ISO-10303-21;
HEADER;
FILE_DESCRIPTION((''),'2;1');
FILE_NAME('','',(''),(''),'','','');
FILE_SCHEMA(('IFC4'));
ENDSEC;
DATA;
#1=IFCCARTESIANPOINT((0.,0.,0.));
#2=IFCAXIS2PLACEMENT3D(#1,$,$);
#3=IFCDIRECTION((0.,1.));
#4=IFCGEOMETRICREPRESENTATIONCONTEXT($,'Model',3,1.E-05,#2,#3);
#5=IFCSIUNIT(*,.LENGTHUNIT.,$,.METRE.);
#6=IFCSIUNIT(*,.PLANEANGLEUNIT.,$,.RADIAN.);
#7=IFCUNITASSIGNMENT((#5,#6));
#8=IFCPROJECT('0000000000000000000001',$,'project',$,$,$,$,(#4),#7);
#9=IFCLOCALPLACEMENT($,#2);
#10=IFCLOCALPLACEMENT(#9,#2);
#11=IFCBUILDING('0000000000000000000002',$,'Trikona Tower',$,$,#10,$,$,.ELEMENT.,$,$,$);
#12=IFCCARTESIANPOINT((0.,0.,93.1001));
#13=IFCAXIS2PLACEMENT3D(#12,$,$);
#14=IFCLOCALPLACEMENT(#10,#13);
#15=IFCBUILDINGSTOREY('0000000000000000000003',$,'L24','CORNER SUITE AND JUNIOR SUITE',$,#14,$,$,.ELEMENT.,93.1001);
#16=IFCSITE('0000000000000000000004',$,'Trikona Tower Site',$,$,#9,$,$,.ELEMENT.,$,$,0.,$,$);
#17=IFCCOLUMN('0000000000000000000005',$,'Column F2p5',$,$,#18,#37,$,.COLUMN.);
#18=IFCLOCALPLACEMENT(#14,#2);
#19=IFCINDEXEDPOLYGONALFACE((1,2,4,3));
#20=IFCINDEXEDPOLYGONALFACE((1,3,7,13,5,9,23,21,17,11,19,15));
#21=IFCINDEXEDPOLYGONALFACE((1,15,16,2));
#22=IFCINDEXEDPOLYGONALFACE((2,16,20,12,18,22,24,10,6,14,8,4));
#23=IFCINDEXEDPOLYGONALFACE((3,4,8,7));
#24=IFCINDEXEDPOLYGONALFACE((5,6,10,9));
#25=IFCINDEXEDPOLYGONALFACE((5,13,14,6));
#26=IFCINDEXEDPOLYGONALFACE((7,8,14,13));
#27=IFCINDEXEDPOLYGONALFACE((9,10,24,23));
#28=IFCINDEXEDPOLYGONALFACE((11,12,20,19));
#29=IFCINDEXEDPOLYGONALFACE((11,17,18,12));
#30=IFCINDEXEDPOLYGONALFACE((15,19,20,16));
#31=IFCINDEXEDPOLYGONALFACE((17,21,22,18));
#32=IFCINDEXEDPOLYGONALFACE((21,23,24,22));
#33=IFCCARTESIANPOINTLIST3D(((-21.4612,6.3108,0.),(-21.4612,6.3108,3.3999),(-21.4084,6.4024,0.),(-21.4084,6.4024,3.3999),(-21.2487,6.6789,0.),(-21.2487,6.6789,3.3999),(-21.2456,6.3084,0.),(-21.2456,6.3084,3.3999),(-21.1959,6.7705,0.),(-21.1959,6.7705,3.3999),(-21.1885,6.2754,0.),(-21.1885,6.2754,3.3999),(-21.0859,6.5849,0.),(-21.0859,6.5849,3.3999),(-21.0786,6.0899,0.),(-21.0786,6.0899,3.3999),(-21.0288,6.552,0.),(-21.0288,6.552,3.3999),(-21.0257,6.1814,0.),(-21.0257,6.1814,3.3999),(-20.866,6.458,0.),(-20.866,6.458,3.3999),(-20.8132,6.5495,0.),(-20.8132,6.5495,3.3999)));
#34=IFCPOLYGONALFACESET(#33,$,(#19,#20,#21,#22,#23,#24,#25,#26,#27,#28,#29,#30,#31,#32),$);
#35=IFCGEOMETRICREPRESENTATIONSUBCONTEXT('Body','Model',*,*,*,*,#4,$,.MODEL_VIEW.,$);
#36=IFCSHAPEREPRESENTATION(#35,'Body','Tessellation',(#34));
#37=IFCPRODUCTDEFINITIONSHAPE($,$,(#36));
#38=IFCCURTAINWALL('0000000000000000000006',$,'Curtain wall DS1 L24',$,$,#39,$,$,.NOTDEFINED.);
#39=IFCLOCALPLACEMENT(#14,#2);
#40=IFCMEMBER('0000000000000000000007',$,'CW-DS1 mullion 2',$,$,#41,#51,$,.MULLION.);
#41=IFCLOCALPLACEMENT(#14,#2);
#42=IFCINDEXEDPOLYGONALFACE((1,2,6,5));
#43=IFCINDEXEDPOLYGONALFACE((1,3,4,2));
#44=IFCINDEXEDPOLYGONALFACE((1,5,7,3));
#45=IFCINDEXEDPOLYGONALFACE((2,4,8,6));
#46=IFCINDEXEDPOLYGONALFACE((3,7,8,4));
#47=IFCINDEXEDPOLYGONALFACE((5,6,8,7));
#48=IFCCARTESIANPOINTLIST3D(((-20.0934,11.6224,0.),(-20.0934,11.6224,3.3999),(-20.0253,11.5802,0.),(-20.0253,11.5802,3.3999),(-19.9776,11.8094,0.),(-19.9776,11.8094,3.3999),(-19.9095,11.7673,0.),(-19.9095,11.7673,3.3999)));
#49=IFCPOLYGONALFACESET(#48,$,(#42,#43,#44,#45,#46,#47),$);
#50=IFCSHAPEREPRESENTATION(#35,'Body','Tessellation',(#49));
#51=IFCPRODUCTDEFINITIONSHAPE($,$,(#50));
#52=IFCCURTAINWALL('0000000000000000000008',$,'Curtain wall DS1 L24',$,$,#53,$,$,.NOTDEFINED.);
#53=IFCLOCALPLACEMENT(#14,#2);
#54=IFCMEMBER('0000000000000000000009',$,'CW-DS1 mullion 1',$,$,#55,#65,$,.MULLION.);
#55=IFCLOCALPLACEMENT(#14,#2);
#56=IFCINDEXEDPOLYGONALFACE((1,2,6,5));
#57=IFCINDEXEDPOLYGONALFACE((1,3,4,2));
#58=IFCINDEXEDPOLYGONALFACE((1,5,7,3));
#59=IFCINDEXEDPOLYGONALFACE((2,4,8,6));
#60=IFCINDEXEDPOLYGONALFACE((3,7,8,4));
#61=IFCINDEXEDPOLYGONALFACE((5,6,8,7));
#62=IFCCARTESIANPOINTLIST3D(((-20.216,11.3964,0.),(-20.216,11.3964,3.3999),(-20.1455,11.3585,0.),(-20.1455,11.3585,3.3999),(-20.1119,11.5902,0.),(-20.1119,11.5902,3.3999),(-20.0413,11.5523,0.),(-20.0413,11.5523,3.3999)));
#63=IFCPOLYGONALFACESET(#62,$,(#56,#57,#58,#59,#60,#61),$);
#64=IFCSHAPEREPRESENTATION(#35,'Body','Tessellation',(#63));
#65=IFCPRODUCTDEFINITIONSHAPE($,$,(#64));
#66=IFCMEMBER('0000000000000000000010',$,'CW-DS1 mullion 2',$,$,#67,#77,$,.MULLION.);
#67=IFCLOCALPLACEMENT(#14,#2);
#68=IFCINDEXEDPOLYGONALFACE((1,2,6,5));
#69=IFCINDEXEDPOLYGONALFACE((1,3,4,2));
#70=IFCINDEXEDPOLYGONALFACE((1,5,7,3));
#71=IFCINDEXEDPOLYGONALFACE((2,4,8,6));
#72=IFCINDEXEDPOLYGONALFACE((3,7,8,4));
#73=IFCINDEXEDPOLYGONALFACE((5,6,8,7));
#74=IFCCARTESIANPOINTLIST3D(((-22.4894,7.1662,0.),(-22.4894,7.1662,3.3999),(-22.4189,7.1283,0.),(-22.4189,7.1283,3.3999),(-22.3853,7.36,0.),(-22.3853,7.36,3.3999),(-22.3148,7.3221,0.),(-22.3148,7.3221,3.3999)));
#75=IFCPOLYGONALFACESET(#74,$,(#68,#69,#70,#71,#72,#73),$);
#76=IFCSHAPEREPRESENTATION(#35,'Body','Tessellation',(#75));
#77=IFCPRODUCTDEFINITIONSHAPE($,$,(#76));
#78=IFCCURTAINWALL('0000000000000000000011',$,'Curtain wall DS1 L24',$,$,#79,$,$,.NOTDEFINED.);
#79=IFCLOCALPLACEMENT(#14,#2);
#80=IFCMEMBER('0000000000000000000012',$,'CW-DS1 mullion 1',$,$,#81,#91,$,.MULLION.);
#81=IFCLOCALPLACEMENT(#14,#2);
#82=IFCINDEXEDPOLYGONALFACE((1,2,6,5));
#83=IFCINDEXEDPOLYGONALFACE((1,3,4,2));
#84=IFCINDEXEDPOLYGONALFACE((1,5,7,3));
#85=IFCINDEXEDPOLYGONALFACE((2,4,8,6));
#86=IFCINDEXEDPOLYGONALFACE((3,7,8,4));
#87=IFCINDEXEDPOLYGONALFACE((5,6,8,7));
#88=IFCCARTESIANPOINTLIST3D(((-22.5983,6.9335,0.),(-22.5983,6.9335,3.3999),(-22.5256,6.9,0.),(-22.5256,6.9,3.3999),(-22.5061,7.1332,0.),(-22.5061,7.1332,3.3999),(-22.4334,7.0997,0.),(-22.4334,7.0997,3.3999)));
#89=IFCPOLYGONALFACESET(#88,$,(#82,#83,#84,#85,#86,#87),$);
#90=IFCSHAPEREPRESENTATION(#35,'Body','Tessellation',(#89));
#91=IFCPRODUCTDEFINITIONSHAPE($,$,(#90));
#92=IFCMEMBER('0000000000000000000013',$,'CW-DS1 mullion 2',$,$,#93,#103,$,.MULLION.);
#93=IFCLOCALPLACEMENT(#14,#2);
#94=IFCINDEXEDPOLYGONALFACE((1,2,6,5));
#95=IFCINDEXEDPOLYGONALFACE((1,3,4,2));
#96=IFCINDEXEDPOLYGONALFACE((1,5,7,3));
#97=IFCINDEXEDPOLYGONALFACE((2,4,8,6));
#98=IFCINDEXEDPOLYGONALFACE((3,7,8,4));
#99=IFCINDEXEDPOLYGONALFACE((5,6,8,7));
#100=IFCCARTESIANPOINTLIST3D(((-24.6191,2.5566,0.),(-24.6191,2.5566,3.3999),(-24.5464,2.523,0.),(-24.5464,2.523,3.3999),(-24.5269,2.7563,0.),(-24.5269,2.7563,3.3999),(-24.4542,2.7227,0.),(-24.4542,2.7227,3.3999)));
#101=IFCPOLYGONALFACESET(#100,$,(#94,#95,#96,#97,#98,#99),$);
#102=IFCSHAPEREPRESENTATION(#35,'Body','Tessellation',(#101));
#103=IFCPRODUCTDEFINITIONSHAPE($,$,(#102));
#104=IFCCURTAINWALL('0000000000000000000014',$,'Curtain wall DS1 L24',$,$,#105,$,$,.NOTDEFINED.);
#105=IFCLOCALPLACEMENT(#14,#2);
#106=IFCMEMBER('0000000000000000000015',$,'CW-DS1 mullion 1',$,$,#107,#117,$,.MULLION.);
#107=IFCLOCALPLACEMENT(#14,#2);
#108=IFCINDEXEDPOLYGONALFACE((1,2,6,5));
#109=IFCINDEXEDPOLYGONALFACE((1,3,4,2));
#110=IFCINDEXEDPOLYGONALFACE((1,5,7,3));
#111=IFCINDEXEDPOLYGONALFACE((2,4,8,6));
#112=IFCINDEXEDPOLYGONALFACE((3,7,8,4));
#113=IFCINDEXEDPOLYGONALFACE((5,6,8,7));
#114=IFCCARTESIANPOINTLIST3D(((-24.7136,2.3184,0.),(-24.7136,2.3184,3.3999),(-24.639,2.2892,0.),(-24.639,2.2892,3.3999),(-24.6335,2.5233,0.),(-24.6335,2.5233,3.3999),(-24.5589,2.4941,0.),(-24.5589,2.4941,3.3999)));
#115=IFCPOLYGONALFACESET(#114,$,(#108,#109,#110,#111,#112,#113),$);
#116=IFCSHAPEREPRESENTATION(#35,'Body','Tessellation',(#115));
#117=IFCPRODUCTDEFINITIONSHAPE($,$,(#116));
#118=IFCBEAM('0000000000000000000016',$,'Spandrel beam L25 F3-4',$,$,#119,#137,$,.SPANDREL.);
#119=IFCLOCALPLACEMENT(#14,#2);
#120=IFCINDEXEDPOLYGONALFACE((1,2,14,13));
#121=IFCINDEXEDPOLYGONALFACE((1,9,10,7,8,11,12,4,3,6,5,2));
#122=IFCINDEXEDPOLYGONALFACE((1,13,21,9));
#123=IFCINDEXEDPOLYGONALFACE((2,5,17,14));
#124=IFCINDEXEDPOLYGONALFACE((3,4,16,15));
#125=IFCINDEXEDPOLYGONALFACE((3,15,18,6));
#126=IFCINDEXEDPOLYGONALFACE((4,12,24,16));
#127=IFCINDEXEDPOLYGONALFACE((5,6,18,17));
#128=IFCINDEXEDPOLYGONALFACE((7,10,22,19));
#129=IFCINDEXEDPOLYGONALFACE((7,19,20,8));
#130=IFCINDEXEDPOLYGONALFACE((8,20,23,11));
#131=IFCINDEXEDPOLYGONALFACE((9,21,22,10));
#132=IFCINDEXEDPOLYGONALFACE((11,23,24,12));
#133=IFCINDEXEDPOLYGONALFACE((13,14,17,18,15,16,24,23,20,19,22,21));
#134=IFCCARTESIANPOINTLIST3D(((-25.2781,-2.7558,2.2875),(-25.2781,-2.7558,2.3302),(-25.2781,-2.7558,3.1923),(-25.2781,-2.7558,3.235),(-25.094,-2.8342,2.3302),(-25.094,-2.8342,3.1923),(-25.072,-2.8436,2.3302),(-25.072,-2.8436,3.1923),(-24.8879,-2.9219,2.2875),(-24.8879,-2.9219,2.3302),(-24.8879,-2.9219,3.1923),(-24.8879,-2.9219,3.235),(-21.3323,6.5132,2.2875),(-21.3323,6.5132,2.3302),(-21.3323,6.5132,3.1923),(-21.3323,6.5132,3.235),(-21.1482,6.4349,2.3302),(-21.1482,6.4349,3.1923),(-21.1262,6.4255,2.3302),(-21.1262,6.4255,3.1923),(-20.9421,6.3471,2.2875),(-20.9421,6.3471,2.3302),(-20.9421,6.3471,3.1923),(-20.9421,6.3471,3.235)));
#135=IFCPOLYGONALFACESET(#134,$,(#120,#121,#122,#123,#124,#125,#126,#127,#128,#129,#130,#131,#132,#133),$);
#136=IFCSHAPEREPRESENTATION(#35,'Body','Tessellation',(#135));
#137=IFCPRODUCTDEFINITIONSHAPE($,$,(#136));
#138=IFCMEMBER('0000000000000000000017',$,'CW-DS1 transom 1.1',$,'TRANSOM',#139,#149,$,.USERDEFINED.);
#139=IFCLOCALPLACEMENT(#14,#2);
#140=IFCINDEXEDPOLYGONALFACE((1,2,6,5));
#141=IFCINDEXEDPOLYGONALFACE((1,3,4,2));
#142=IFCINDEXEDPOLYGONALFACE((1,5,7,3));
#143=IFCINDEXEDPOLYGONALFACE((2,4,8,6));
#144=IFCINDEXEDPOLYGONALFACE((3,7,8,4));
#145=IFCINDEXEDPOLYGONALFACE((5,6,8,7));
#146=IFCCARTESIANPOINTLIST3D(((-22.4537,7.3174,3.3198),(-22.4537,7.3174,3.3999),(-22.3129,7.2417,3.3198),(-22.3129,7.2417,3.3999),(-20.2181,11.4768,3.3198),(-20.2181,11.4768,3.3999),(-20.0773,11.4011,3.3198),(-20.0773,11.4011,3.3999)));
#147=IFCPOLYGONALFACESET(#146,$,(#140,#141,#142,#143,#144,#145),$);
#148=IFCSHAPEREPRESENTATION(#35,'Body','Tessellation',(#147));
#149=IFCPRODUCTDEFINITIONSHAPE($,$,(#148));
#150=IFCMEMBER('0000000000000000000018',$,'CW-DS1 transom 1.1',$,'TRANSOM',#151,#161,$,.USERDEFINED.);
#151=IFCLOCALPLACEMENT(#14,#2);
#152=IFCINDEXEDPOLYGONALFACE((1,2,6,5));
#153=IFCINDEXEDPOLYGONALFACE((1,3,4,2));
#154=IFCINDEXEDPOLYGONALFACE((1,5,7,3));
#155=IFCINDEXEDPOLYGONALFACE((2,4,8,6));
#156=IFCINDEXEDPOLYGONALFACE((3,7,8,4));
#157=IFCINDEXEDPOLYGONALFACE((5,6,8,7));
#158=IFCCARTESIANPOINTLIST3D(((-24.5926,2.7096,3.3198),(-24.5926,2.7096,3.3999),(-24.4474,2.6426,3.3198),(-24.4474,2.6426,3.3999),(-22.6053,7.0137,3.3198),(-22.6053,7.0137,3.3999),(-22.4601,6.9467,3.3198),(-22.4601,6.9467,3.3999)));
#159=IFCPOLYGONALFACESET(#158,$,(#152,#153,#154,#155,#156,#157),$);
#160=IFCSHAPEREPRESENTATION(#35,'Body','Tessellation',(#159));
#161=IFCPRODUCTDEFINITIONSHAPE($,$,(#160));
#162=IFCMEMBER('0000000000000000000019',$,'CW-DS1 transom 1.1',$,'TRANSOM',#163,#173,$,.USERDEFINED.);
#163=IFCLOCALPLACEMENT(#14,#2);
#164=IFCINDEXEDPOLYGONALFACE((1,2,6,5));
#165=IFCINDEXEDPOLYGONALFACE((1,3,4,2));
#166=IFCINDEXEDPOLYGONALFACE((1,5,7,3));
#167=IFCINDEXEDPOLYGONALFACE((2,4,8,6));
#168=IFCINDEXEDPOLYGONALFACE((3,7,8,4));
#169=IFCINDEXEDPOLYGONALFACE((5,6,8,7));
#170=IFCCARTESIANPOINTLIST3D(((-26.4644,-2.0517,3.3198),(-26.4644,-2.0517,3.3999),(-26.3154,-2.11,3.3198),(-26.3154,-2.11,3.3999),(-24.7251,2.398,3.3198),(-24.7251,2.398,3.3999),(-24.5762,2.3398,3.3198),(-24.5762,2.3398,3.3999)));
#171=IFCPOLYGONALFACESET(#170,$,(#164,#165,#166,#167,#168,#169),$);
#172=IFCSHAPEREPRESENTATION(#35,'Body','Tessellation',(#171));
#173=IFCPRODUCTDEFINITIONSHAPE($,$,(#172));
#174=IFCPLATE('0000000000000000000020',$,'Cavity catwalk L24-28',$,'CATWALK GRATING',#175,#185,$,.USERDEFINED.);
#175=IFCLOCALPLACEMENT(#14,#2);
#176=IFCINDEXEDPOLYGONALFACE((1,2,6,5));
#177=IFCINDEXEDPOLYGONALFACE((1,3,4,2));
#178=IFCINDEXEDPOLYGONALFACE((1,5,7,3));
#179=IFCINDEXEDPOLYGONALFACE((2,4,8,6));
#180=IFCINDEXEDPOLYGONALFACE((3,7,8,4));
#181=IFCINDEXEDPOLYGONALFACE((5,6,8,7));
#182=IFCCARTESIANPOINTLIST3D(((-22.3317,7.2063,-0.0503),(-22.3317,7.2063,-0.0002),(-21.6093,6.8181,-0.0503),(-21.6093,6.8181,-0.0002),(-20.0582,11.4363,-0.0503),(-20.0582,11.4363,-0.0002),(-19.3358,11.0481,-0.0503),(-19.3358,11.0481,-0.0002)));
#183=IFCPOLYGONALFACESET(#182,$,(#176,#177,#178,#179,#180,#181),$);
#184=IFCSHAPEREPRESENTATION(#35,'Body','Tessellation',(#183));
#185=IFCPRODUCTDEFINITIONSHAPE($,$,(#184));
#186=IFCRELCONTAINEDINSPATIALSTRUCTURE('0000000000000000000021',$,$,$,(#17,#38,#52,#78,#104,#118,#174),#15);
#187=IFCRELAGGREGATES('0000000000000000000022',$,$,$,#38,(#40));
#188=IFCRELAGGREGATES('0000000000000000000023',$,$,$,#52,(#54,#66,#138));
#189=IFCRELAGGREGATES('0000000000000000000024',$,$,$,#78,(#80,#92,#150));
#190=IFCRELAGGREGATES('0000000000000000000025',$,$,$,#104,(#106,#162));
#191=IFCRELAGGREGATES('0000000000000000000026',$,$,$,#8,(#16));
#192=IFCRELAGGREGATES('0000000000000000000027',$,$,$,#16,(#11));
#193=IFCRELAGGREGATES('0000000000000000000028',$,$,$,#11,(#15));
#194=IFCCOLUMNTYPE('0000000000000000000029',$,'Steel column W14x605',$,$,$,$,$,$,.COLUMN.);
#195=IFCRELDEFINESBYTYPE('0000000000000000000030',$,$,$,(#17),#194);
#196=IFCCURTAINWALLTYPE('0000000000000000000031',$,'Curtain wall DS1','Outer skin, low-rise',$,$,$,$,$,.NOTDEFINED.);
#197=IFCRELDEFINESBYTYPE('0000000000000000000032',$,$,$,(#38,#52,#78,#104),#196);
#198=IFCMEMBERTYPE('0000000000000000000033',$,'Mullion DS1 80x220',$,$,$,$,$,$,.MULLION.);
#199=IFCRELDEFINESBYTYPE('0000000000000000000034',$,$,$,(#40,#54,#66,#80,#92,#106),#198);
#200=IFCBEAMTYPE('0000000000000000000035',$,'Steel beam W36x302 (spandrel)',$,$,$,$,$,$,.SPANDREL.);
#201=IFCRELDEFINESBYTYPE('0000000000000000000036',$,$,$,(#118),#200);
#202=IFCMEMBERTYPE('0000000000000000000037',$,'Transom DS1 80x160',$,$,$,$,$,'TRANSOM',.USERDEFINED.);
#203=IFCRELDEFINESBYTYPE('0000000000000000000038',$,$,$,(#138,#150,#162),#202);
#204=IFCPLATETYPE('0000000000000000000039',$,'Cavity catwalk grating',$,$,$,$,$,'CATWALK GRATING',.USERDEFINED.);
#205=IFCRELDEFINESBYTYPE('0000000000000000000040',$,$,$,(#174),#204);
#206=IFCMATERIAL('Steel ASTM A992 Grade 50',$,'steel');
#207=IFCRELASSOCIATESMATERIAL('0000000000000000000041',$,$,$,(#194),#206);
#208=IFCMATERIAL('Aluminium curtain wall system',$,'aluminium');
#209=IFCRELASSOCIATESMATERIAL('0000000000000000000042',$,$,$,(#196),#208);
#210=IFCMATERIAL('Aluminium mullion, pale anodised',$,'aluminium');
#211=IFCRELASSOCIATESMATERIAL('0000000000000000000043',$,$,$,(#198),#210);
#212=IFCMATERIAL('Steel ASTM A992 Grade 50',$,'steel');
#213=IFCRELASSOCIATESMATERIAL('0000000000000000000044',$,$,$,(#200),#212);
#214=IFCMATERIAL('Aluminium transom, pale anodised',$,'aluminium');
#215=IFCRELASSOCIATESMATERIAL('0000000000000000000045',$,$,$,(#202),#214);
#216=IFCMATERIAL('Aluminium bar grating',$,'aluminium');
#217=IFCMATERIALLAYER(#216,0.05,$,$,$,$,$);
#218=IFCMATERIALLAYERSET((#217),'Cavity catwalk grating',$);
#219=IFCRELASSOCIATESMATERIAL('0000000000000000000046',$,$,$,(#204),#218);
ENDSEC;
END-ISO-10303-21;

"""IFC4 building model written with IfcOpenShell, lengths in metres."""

from ifc_helpers import new_model, si_unit, direction, frame, origin, origin_2d, place, context, subcontext, project, spatial, rectangle, i_section, extrude, material, layer, layer_set, material_profile, profile_set, type_object, element, aggregate, save


model = new_model("IFC4")

# Units and contexts
model_context = context("Model", 3, precision=1e-05, world=origin(), true_north=direction((0.0, 1.0)))
body_context = subcontext(model_context, "Body", "Model", "MODEL_VIEW")
ifc_project = project(units=[si_unit("LENGTHUNIT", "METRE"), si_unit("PLANEANGLEUNIT", "RADIAN")], contexts=[model_context])

# Site, building, storey
site_placement = place(None, origin())
site = spatial("IfcSite", under=ifc_project, at=site_placement, Name="Trikona Tower Site", CompositionType="ELEMENT", RefElevation=0.0)
building_placement = place(site_placement, origin())
building = spatial("IfcBuilding", under=site, at=building_placement, Name="Trikona Tower", CompositionType="ELEMENT")
storey_placement = place(building_placement, frame((0.0, 0.0, 93.1001)))
storey = spatial("IfcBuildingStorey", under=building, at=storey_placement, Name="L24", Description="CORNER SUITE AND JUNIOR SUITE", CompositionType="ELEMENT", Elevation=93.1001)

# Column
ifc_material_1 = material(Name="Steel ASTM A992 Grade 50", Category="steel")
ifc_material_profile_1 = material_profile(ifc_material_1, i_section(OverallWidth=0.4419, OverallDepth=0.5308, WebThickness=0.0659, FlangeThickness=0.1057, at=origin_2d()), Name="W14X605")
ifc_profile_set_1 = profile_set([ifc_material_profile_1], Name="Steel ASTM A992 Grade 50")
column_type = type_object("IfcColumnType", Name="Steel column W14x605", PredefinedType="COLUMN", material=ifc_profile_set_1)
column_placement = place(storey_placement, frame((-21.1372, 6.4302, 0.0), z_axis=(0.0, 0.0, 1.0), x_axis=(-0.866025, 0.5, 0.0)))
element("IfcColumn", 1, at=column_placement, inside=storey, type_object=column_type, Name="Column F2p5", PredefinedType="COLUMN", context=body_context, shape_type="SweptSolid", body=[
    extrude(i_section(OverallWidth=0.4419, OverallDepth=0.5308, WebThickness=0.0659, FlangeThickness=0.1057, at=origin_2d()), origin(), (0.0, 0.0, 1.0), 3.3999),
])

# Curtain wall, member
ifc_material_2 = material(Name="Aluminium curtain wall system", Category="aluminium")
curtain_wall_type = type_object("IfcCurtainWallType", Name="Curtain wall DS1", Description="Outer skin, low-rise", PredefinedType="NOTDEFINED", material=ifc_material_2)
curtain_wall_1_placement = place(storey_placement, origin())
curtain_wall_1 = element("IfcCurtainWall", 2, at=curtain_wall_1_placement, inside=storey, type_object=curtain_wall_type, Name="Curtain wall DS1 L24", PredefinedType="NOTDEFINED")
ifc_material_3 = material(Name="Aluminium mullion, pale anodised", Category="aluminium")
ifc_material_profile_2 = material_profile(ifc_material_3, rectangle(XDim=0.0801, YDim=0.22, at=origin_2d()), Name="MUL-DS1")
ifc_profile_set_2 = profile_set([ifc_material_profile_2], Name="Aluminium mullion, pale anodised")
member_type_1 = type_object("IfcMemberType", Name="Mullion DS1 80x220", PredefinedType="MULLION", material=ifc_profile_set_2)
member_1_placement = place(storey_placement, frame((-20.0015, 11.6948, 0.0), z_axis=(0.0, 0.0, 1.0), x_axis=(0.85041, -0.52612, 0.0)))
member_1 = element("IfcMember", 3, at=member_1_placement, type_object=member_type_1, Name="CW-DS1 mullion 2", PredefinedType="MULLION", context=body_context, shape_type="SweptSolid", body=[
    extrude(rectangle(XDim=0.0801, YDim=0.22, at=origin_2d()), origin(), (0.0, 0.0, 1.0), 3.3999),
])
aggregate(curtain_wall_1, [member_1])

# Curtain walls, members
curtain_wall_2_placement = place(storey_placement, origin())
curtain_wall_2 = element("IfcCurtainWall", 4, at=curtain_wall_2_placement, inside=storey, type_object=curtain_wall_type, Name="Curtain wall DS1 L24", PredefinedType="NOTDEFINED")
member_2_placement = place(storey_placement, frame((-20.1287, 11.4744, 0.0), z_axis=(0.0, 0.0, 1.0), x_axis=(0.880843, -0.473408, 0.0)))
member_2 = element("IfcMember", 5, at=member_2_placement, type_object=member_type_1, Name="CW-DS1 mullion 1", PredefinedType="MULLION", context=body_context, shape_type="SweptSolid", body=[
    extrude(rectangle(XDim=0.0801, YDim=0.22, at=origin_2d()), origin(), (0.0, 0.0, 1.0), 3.3999),
])
member_3_placement = place(storey_placement, frame((-22.4021, 7.2441, 0.0), z_axis=(0.0, 0.0, 1.0), x_axis=(0.880843, -0.473408, 0.0)))
member_3 = element("IfcMember", 6, at=member_3_placement, type_object=member_type_1, Name="CW-DS1 mullion 2", PredefinedType="MULLION", context=body_context, shape_type="SweptSolid", body=[
    extrude(rectangle(XDim=0.0801, YDim=0.22, at=origin_2d()), origin(), (0.0, 0.0, 1.0), 3.3999),
])
curtain_wall_3_placement = place(storey_placement, origin())
curtain_wall_3 = element("IfcCurtainWall", 7, at=curtain_wall_3_placement, inside=storey, type_object=curtain_wall_type, Name="Curtain wall DS1 L24", PredefinedType="NOTDEFINED")
member_4_placement = place(storey_placement, frame((-22.5159, 7.0166, 0.0), z_axis=(0.0, 0.0, 1.0), x_axis=(0.907898, -0.41919, 0.0)))
member_4 = element("IfcMember", 8, at=member_4_placement, type_object=member_type_1, Name="CW-DS1 mullion 1", PredefinedType="MULLION", context=body_context, shape_type="SweptSolid", body=[
    extrude(rectangle(XDim=0.0801, YDim=0.22, at=origin_2d()), origin(), (0.0, 0.0, 1.0), 3.3999),
])
member_5_placement = place(storey_placement, frame((-24.5366, 2.6396, 0.0), z_axis=(0.0, 0.0, 1.0), x_axis=(0.907898, -0.41919, 0.0)))
member_5 = element("IfcMember", 9, at=member_5_placement, type_object=member_type_1, Name="CW-DS1 mullion 2", PredefinedType="MULLION", context=body_context, shape_type="SweptSolid", body=[
    extrude(rectangle(XDim=0.0801, YDim=0.22, at=origin_2d()), origin(), (0.0, 0.0, 1.0), 3.3999),
])

# Curtain wall, member
curtain_wall_4_placement = place(storey_placement, origin())
curtain_wall_4 = element("IfcCurtainWall", 10, at=curtain_wall_4_placement, inside=storey, type_object=curtain_wall_type, Name="Curtain wall DS1 L24", PredefinedType="NOTDEFINED")
member_6_placement = place(storey_placement, frame((-24.6362, 2.4062, 0.0), z_axis=(0.0, 0.0, 1.0), x_axis=(0.931396, -0.364008, 0.0)))
member_6 = element("IfcMember", 11, at=member_6_placement, type_object=member_type_1, Name="CW-DS1 mullion 1", PredefinedType="MULLION", context=body_context, shape_type="SweptSolid", body=[
    extrude(rectangle(XDim=0.0801, YDim=0.22, at=origin_2d()), origin(), (0.0, 0.0, 1.0), 3.3999),
])

# Beam
ifc_material_4 = material(Name="Steel ASTM A992 Grade 50", Category="steel")
ifc_material_profile_3 = material_profile(ifc_material_4, i_section(OverallWidth=0.4241, OverallDepth=0.9475, WebThickness=0.0239, FlangeThickness=0.0427, at=origin_2d()), Name="W36X302")
ifc_profile_set_3 = profile_set([ifc_material_profile_3], Name="Steel ASTM A992 Grade 50")
beam_type = type_object("IfcBeamType", Name="Steel beam W36x302 (spandrel)", PredefinedType="SPANDREL", material=ifc_profile_set_3)
beam_placement = place(storey_placement, frame((-21.1372, 6.4302, 2.7612), z_axis=(-0.391684, -0.9201, 0.0), x_axis=(0.9201, -0.391684, 0.0)))
element("IfcBeam", 12, at=beam_placement, inside=storey, type_object=beam_type, Name="Spandrel beam L25 F3-4", PredefinedType="SPANDREL", context=body_context, shape_type="SweptSolid", body=[
    extrude(i_section(OverallWidth=0.4241, OverallDepth=0.9475, WebThickness=0.0239, FlangeThickness=0.0427, at=origin_2d()), origin(), (0.0, 0.0, 1.0), 10.074),
])

# Members
ifc_material_5 = material(Name="Aluminium transom, pale anodised", Category="aluminium")
ifc_material_profile_4 = material_profile(ifc_material_5, rectangle(XDim=0.1599, YDim=0.0801, at=origin_2d()), Name="TRN-DS1")
ifc_profile_set_4 = profile_set([ifc_material_profile_4], Name="Aluminium transom, pale anodised")
member_type_2 = type_object("IfcMemberType", Name="Transom DS1 80x160", ElementType="TRANSOM", PredefinedType="USERDEFINED", material=ifc_profile_set_4)
member_7_placement = place(storey_placement, frame((-20.1477, 11.439, 3.3599), z_axis=(-0.473428, -0.880833, 0.0), x_axis=(0.880833, -0.473428, 0.0)))
member_7 = element("IfcMember", 13, at=member_7_placement, type_object=member_type_2, Name="CW-DS1 transom 1.1", ObjectType="TRANSOM", PredefinedType="USERDEFINED", context=body_context, shape_type="SweptSolid", body=[
    extrude(rectangle(XDim=0.1599, YDim=0.0801, at=origin_2d()), origin(), (0.0, 0.0, 1.0), 4.7222),
])
member_8_placement = place(storey_placement, frame((-22.5327, 6.9802, 3.3599), z_axis=(-0.419189, -0.907899, 0.0), x_axis=(0.907899, -0.419189, 0.0)))
member_8 = element("IfcMember", 14, at=member_8_placement, type_object=member_type_2, Name="CW-DS1 transom 1.1", ObjectType="TRANSOM", PredefinedType="USERDEFINED", context=body_context, shape_type="SweptSolid", body=[
    extrude(rectangle(XDim=0.1599, YDim=0.0801, at=origin_2d()), origin(), (0.0, 0.0, 1.0), 4.7407),
])
member_9_placement = place(storey_placement, frame((-24.6506, 2.3689, 3.3599), z_axis=(-0.364049, -0.93138, 0.0), x_axis=(0.93138, -0.364049, 0.0)))
member_9 = element("IfcMember", 15, at=member_9_placement, type_object=member_type_2, Name="CW-DS1 transom 1.1", ObjectType="TRANSOM", PredefinedType="USERDEFINED", context=body_context, shape_type="SweptSolid", body=[
    extrude(rectangle(XDim=0.1599, YDim=0.0801, at=origin_2d()), origin(), (0.0, 0.0, 1.0), 4.7776),
])

# Plate
ifc_material_6 = material(Name="Aluminium bar grating", Category="aluminium")
ifc_layer_1 = layer(ifc_material_6, 0.05)
ifc_layer_set_1 = layer_set([ifc_layer_1], Name="Cavity catwalk grating")
plate_type_1 = type_object("IfcPlateType", Name="Cavity catwalk grating", ElementType="CATWALK GRATING", PredefinedType="USERDEFINED", material=ifc_layer_set_1)
plate_1_placement = place(storey_placement, frame((-20.8337, 9.1272, -0.0503), z_axis=(0.0, 0.0, 1.0), x_axis=(-0.473423, -0.880835, 0.0)))
element("IfcPlate", 16, at=plate_1_placement, inside=storey, type_object=plate_type_1, Name="Cavity catwalk L24-28", ObjectType="CATWALK GRATING", PredefinedType="USERDEFINED", context=body_context, shape_type="SweptSolid", body=[
    extrude(rectangle(XDim=4.8022, YDim=0.8201, at=origin_2d()), origin(), (0.0, 0.0, 1.0), 0.05),
])

aggregate(curtain_wall_2, [member_2, member_3, member_7])
aggregate(curtain_wall_3, [member_4, member_5, member_8])
aggregate(curtain_wall_4, [member_6, member_9])

save(model, "model.ifc")
